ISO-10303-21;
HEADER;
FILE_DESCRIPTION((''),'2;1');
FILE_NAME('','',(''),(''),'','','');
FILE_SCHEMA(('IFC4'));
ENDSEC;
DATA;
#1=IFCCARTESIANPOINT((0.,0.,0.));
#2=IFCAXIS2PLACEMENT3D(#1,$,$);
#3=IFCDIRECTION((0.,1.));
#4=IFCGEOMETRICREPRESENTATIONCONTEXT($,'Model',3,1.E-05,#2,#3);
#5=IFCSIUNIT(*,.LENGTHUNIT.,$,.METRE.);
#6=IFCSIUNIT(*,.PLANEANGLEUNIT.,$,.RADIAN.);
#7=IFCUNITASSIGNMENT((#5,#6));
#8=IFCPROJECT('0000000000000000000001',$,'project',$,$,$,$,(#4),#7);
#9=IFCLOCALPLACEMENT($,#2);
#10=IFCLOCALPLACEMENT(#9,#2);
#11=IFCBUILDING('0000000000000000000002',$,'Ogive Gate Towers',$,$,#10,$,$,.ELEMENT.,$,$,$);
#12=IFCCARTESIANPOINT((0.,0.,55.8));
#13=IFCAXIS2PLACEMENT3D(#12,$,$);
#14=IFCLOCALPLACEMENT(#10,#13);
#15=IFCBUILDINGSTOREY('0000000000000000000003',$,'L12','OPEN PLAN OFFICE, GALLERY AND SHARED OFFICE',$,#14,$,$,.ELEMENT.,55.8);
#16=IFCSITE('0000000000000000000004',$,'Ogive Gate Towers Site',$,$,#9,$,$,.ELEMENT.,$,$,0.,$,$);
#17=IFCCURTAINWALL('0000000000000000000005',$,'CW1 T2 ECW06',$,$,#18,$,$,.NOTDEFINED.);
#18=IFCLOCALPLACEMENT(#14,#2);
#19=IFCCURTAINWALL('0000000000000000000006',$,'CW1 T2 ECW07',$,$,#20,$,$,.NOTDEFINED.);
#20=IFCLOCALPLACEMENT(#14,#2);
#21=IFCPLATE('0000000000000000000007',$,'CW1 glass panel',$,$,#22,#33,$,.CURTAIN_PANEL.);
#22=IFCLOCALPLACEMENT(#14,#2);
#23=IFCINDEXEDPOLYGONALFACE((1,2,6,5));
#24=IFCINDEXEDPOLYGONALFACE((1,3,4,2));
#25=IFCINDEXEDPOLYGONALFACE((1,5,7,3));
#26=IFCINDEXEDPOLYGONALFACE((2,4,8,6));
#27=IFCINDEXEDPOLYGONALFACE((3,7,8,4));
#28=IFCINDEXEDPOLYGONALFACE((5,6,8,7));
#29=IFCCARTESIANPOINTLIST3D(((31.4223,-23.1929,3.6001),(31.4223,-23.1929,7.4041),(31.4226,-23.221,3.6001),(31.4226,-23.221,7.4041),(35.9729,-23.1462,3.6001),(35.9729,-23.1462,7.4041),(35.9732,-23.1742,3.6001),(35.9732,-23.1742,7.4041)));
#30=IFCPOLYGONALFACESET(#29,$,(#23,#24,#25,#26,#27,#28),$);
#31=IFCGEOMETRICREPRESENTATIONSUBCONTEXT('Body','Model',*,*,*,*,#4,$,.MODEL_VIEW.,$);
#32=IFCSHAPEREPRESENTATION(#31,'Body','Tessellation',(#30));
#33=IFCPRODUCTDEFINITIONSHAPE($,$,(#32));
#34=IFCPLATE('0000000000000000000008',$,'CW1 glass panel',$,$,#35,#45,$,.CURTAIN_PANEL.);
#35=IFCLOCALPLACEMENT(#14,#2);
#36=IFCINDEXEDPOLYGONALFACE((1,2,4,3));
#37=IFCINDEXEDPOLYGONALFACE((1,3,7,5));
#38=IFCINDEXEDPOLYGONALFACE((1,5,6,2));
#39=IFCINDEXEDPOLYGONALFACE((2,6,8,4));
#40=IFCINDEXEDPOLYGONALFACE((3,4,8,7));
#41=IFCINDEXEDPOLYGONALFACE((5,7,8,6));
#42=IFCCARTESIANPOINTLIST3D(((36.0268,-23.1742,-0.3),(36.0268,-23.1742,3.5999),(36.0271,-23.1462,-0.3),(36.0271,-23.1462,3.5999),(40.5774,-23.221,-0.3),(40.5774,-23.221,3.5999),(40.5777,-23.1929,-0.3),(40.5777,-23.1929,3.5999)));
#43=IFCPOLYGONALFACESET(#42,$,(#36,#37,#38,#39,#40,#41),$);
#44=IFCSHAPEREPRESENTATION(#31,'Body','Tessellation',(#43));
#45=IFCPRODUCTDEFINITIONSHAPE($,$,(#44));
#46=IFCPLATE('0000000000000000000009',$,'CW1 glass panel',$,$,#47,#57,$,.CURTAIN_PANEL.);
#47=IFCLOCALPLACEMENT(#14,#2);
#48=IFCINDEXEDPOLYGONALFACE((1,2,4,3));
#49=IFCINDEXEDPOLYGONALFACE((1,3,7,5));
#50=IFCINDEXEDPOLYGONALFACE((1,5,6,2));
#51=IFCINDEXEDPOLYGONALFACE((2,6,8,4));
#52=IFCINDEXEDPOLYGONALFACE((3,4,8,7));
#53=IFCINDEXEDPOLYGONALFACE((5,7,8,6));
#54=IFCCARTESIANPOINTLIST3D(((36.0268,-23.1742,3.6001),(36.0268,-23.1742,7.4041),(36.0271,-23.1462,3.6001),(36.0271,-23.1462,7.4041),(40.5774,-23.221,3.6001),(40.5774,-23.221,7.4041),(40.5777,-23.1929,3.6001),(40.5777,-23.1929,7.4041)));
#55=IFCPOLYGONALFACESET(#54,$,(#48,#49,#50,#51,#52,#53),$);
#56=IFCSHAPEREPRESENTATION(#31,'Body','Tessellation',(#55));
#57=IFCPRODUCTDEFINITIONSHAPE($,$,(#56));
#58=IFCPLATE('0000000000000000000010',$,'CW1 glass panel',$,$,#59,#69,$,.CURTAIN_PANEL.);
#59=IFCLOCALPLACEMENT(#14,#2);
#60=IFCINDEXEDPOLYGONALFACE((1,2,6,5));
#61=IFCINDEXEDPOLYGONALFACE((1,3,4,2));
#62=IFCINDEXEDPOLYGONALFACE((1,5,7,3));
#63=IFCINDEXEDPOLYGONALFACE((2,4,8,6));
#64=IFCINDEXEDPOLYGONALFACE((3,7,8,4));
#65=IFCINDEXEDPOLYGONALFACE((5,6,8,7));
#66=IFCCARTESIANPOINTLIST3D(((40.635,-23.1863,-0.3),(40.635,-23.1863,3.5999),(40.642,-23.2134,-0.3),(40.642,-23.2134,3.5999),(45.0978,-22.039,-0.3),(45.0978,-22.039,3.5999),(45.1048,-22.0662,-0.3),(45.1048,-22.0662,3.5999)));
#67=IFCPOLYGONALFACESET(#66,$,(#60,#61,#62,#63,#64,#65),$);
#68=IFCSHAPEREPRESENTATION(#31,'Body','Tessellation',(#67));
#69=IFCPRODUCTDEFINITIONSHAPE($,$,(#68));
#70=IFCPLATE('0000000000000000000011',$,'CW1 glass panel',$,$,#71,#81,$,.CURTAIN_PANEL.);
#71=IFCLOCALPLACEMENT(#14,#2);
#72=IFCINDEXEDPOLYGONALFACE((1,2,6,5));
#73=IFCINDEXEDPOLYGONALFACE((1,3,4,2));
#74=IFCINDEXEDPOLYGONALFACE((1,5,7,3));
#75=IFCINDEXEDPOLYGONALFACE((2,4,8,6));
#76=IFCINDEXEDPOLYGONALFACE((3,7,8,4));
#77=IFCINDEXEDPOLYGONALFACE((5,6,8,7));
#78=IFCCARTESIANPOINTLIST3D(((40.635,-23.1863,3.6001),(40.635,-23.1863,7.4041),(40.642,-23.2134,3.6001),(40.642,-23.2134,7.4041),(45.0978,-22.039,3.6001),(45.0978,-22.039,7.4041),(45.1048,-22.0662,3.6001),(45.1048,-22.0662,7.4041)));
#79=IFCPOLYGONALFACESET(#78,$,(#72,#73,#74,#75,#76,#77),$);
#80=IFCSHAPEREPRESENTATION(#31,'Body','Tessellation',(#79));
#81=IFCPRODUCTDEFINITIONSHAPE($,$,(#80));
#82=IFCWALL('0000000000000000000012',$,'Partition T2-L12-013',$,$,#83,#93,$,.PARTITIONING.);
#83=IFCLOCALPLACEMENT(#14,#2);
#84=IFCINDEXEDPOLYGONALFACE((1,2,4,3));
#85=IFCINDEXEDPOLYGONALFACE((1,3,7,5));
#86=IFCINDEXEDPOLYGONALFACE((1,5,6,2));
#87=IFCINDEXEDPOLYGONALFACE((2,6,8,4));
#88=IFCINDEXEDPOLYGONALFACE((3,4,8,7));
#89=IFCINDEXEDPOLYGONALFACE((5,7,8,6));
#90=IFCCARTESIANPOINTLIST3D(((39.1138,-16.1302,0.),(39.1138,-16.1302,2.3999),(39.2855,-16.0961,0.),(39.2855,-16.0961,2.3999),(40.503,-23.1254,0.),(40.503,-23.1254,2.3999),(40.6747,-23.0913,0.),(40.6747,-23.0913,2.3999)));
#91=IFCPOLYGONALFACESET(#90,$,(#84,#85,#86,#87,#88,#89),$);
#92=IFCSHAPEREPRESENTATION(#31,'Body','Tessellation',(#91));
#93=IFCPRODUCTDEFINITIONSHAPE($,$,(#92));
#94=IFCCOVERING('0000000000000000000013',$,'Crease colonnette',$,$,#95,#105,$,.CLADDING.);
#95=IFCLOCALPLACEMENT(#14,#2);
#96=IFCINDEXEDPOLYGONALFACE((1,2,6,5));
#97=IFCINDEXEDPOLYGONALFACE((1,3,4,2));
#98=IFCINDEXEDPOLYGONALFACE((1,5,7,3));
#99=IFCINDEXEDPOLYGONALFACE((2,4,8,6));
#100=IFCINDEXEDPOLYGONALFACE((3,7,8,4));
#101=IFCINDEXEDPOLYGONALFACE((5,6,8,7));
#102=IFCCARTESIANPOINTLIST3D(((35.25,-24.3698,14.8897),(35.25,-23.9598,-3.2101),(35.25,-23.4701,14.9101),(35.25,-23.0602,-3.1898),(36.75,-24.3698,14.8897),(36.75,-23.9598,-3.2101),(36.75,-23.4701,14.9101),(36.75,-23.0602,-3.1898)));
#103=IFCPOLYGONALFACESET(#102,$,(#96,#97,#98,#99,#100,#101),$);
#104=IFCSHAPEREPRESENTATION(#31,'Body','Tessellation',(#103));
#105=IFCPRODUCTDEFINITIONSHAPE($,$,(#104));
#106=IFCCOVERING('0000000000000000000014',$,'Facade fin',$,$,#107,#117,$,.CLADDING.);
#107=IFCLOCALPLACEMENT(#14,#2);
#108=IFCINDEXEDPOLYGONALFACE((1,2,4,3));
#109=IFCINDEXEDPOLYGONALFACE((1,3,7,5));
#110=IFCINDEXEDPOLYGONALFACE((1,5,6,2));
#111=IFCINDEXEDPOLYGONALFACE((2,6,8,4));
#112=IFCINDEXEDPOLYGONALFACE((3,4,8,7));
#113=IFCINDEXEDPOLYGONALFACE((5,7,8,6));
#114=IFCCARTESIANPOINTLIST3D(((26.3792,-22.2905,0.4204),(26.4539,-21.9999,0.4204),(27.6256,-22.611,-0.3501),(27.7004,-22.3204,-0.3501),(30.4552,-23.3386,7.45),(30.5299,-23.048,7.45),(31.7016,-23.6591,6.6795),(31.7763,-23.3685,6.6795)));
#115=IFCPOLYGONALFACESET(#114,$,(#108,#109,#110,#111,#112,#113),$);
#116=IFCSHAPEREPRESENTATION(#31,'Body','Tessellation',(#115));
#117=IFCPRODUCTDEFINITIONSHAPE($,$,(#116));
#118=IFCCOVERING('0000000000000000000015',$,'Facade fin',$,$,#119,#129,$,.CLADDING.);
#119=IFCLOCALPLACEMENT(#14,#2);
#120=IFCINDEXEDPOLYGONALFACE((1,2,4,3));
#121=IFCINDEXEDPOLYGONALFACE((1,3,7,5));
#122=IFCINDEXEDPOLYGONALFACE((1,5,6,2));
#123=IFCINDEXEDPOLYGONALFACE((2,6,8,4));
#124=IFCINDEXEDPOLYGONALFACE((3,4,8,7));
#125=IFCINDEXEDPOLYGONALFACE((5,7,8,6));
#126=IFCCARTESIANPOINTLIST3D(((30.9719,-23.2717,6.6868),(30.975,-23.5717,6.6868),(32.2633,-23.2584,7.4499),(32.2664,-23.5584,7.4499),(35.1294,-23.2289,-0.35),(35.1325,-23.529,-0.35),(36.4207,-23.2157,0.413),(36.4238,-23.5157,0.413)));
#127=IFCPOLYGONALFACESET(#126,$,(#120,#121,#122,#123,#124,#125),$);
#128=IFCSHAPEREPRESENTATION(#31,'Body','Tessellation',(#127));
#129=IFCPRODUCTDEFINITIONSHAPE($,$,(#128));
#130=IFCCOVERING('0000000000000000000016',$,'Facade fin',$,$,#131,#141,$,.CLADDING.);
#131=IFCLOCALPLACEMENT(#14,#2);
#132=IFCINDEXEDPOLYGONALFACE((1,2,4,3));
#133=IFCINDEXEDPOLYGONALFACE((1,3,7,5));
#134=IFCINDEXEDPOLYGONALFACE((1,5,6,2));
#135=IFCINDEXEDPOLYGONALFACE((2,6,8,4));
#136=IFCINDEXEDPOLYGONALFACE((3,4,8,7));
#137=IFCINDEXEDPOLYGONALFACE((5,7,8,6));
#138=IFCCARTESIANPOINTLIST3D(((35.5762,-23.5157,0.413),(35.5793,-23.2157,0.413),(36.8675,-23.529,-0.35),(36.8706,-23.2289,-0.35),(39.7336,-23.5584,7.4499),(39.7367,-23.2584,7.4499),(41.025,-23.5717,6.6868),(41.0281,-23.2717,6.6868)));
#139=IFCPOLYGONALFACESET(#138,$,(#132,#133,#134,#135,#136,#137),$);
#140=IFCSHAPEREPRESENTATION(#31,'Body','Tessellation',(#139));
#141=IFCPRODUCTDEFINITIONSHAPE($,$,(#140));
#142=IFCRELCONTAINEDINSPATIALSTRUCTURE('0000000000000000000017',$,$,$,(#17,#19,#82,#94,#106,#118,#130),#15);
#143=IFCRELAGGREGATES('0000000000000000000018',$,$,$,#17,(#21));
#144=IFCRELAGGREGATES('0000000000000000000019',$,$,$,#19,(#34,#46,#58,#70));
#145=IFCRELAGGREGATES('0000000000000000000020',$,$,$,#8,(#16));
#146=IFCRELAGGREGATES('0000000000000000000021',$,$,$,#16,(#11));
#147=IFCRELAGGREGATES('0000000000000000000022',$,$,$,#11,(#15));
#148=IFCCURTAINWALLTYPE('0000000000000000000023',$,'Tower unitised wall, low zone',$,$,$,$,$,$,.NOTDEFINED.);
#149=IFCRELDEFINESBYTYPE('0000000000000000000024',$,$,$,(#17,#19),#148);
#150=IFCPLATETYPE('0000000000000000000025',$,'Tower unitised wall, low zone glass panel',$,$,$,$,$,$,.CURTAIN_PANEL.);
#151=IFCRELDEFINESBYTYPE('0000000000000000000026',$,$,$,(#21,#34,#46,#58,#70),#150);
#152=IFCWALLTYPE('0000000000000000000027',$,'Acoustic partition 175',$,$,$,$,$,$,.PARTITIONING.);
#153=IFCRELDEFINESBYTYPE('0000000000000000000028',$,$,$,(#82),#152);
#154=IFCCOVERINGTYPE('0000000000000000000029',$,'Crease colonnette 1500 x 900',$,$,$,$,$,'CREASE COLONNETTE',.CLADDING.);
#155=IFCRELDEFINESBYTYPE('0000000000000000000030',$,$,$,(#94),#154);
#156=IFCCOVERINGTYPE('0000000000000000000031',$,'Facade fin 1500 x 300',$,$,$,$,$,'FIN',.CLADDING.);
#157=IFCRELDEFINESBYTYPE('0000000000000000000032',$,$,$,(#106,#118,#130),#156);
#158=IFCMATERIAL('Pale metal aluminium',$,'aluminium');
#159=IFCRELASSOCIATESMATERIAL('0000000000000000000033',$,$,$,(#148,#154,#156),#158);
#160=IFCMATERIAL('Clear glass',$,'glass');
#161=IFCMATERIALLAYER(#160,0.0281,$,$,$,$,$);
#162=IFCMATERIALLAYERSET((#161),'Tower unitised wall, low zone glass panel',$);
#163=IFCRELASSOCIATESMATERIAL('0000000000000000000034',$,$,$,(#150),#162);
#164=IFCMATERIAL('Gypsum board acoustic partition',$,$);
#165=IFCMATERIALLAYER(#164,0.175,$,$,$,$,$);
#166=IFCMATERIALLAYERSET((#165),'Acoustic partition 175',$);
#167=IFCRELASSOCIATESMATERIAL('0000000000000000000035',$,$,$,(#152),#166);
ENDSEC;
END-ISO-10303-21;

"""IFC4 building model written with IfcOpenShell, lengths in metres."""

from ifc_helpers import new_model, si_unit, direction, frame, frame_2d, origin, origin_2d, place, context, subcontext, project, spatial, rectangle, extrude, material, layer, layer_set, material_profile, profile_set, type_object, element, aggregate, save


model = new_model("IFC4")

# Units and contexts
model_context = context("Model", 3, precision=1e-05, world=origin(), true_north=direction((0.0, 1.0)))
body_context = subcontext(model_context, "Body", "Model", "MODEL_VIEW")
ifc_project = project(units=[si_unit("LENGTHUNIT", "METRE"), si_unit("PLANEANGLEUNIT", "RADIAN")], contexts=[model_context])

# Site, building, storey
site_placement = place(None, origin())
site = spatial("IfcSite", under=ifc_project, at=site_placement, Name="Ogive Gate Towers Site", CompositionType="ELEMENT", RefElevation=0.0)
building_placement = place(site_placement, origin())
building = spatial("IfcBuilding", under=site, at=building_placement, Name="Ogive Gate Towers", CompositionType="ELEMENT")
storey_placement = place(building_placement, frame((0.0, 0.0, 55.8)))
storey = spatial("IfcBuildingStorey", under=building, at=storey_placement, Name="L12", Description="OPEN PLAN OFFICE, GALLERY AND SHARED OFFICE", CompositionType="ELEMENT", Elevation=55.8)

# Curtain wall
ifc_material_1 = material(Name="Pale metal aluminium", Category="aluminium")
curtain_wall_type = type_object("IfcCurtainWallType", Name="Tower unitised wall, low zone", PredefinedType="NOTDEFINED", material=ifc_material_1)
curtain_wall_1_placement = place(storey_placement, origin())
curtain_wall_1 = element("IfcCurtainWall", 1, at=curtain_wall_1_placement, inside=storey, type_object=curtain_wall_type, Name="CW1 T2 ECW06", PredefinedType="NOTDEFINED")

# Curtain wall
curtain_wall_2_placement = place(storey_placement, origin())
curtain_wall_2 = element("IfcCurtainWall", 2, at=curtain_wall_2_placement, inside=storey, type_object=curtain_wall_type, Name="CW1 T2 ECW07", PredefinedType="NOTDEFINED")

# Plates
ifc_material_2 = material(Name="Clear glass", Category="glass")
ifc_layer_1 = layer(ifc_material_2, 0.0281)
ifc_layer_set_1 = layer_set([ifc_layer_1], Name="Tower unitised wall, low zone glass panel")
plate_type = type_object("IfcPlateType", Name="Tower unitised wall, low zone glass panel", PredefinedType="CURTAIN_PANEL", material=ifc_layer_set_1)
plate_1_placement = place(storey_placement, frame((33.6978, -23.1836, 3.6001), z_axis=(0.0, 0.0, 1.0), x_axis=(0.999947, 0.01028, 0.0)))
plate_1 = element("IfcPlate", 3, at=plate_1_placement, type_object=plate_type, Name="CW1 glass panel", PredefinedType="CURTAIN_PANEL", context=body_context, shape_type="SweptSolid", body=[
    extrude(rectangle(XDim=4.5508, YDim=0.0281, at=origin_2d()), origin(), (0.0, 0.0, 1.0), 3.804),
])
aggregate(curtain_wall_1, [plate_1])
plate_2_placement = place(storey_placement, frame((38.3022, -23.1836, -0.3), z_axis=(0.0, 0.0, 1.0), x_axis=(0.999947, -0.01028, 0.0)))
plate_2 = element("IfcPlate", 4, at=plate_2_placement, type_object=plate_type, Name="CW1 glass panel", PredefinedType="CURTAIN_PANEL", context=body_context, shape_type="SweptSolid", body=[
    extrude(rectangle(XDim=4.5508, YDim=0.0281, at=origin_2d()), origin(), (0.0, 0.0, 1.0), 3.8999),
])
plate_3_placement = place(storey_placement, frame((38.3022, -23.1836, 3.6001), z_axis=(0.0, 0.0, 1.0), x_axis=(0.999947, -0.01028, 0.0)))
plate_3 = element("IfcPlate", 5, at=plate_3_placement, type_object=plate_type, Name="CW1 glass panel", PredefinedType="CURTAIN_PANEL", context=body_context, shape_type="SweptSolid", body=[
    extrude(rectangle(XDim=4.5508, YDim=0.0281, at=origin_2d()), origin(), (0.0, 0.0, 1.0), 3.804),
])
plate_4_placement = place(storey_placement, frame((42.8699, -22.6262, -0.3), z_axis=(0.0, 0.0, 1.0), x_axis=(0.968509, 0.248977, 0.0)))
plate_4 = element("IfcPlate", 6, at=plate_4_placement, type_object=plate_type, Name="CW1 glass panel", PredefinedType="CURTAIN_PANEL", context=body_context, shape_type="SweptSolid", body=[
    extrude(rectangle(XDim=4.6079, YDim=0.0281, at=origin_2d()), origin(), (0.0, 0.0, 1.0), 3.8999),
])
plate_5_placement = place(storey_placement, frame((42.8699, -22.6262, 3.6001), z_axis=(0.0, 0.0, 1.0), x_axis=(0.968509, 0.248977, 0.0)))
plate_5 = element("IfcPlate", 7, at=plate_5_placement, type_object=plate_type, Name="CW1 glass panel", PredefinedType="CURTAIN_PANEL", context=body_context, shape_type="SweptSolid", body=[
    extrude(rectangle(XDim=4.6079, YDim=0.0281, at=origin_2d()), origin(), (0.0, 0.0, 1.0), 3.804),
])
aggregate(curtain_wall_2, [plate_2, plate_3, plate_4, plate_5])

# Wall
ifc_material_3 = material(Name="Gypsum board acoustic partition")
ifc_layer_2 = layer(ifc_material_3, 0.175)
ifc_layer_set_2 = layer_set([ifc_layer_2], Name="Acoustic partition 175")
wall_type = type_object("IfcWallType", Name="Acoustic partition 175", PredefinedType="PARTITIONING", material=ifc_layer_set_2)
wall_placement = place(storey_placement, frame((40.5889, -23.1084, 0.0), z_axis=(0.0, 0.0, 1.0), x_axis=(-0.194786, 0.980846, 0.0)))
element("IfcWall", 8, at=wall_placement, inside=storey, type_object=wall_type, Name="Partition T2-L12-013", PredefinedType="PARTITIONING", context=body_context, shape_type="SweptSolid", body=[
    extrude(rectangle(XDim=7.1318, YDim=0.175, at=frame_2d((3.5659, 0.0))), origin(), (0.0, 0.0, 1.0), 2.3999),
])

# Coverings
ifc_material_profile_1 = material_profile(ifc_material_1, rectangle(XDim=1.5, YDim=0.8999, at=origin_2d()), Name="1500 x 900 pale metal aluminium")
ifc_profile_set_1 = profile_set([ifc_material_profile_1], Name="Pale metal aluminium")
covering_type_1 = type_object("IfcCoveringType", Name="Crease colonnette 1500 x 900", ElementType="CREASE COLONNETTE", PredefinedType="CLADDING", material=ifc_profile_set_1)
covering_1_placement = place(storey_placement, frame((36.0, -23.51, -3.2), z_axis=(0.0, -0.022641, 0.999744), x_axis=(1.0, 0.0, 0.0)))
element("IfcCovering", 9, at=covering_1_placement, inside=storey, type_object=covering_type_1, Name="Crease colonnette", PredefinedType="CLADDING", context=body_context, shape_type="SweptSolid", body=[
    extrude(rectangle(XDim=1.5, YDim=0.8999, at=origin_2d()), origin(), (0.0, 0.0, 1.0), 18.1045),
])
ifc_material_profile_2 = material_profile(ifc_material_1, rectangle(XDim=0.3, YDim=1.5, at=origin_2d()), Name="1500 x 300 pale metal aluminium")
ifc_profile_set_2 = profile_set([ifc_material_profile_2], Name="Pale metal aluminium")
covering_type_2 = type_object("IfcCoveringType", Name="Facade fin 1500 x 300", ElementType="FIN", PredefinedType="CLADDING", material=ifc_profile_set_2)
covering_2_placement = place(storey_placement, frame((27.0398, -22.3054, 0.0352), z_axis=(0.497486, -0.127925, 0.857988), x_axis=(0.249041, 0.968493, 0.0)))
element("IfcCovering", 10, at=covering_2_placement, inside=storey, type_object=covering_type_2, Name="Facade fin", PredefinedType="CLADDING", context=body_context, shape_type="SweptSolid", body=[
    extrude(rectangle(XDim=0.3, YDim=1.5, at=origin_2d()), origin(), (0.0, 0.0, 1.0), 8.1931),
])
for number, where, z_axis, x_axis, name in (
    (11, (35.7766, -23.3723, 0.0315), (-0.508661, -0.005227, 0.860951), (0.010276, -0.999947, 0.0), "Facade fin"),
    (12, (36.2234, -23.3723, 0.0315), (0.508661, -0.005227, 0.860951), (0.010276, 0.999947, 0.0), "Facade fin"),
):
    element("IfcCovering", number, at=place(storey_placement, frame(where, z_axis=z_axis, x_axis=x_axis)), inside=storey, type_object=covering_type_2, Name=name, PredefinedType="CLADDING", context=body_context, shape_type="SweptSolid", body=[
        extrude(rectangle(XDim=0.3, YDim=1.5, at=origin_2d()), origin(), (0.0, 0.0, 1.0), 8.1733),
    ])

save(model, "model.ifc")
